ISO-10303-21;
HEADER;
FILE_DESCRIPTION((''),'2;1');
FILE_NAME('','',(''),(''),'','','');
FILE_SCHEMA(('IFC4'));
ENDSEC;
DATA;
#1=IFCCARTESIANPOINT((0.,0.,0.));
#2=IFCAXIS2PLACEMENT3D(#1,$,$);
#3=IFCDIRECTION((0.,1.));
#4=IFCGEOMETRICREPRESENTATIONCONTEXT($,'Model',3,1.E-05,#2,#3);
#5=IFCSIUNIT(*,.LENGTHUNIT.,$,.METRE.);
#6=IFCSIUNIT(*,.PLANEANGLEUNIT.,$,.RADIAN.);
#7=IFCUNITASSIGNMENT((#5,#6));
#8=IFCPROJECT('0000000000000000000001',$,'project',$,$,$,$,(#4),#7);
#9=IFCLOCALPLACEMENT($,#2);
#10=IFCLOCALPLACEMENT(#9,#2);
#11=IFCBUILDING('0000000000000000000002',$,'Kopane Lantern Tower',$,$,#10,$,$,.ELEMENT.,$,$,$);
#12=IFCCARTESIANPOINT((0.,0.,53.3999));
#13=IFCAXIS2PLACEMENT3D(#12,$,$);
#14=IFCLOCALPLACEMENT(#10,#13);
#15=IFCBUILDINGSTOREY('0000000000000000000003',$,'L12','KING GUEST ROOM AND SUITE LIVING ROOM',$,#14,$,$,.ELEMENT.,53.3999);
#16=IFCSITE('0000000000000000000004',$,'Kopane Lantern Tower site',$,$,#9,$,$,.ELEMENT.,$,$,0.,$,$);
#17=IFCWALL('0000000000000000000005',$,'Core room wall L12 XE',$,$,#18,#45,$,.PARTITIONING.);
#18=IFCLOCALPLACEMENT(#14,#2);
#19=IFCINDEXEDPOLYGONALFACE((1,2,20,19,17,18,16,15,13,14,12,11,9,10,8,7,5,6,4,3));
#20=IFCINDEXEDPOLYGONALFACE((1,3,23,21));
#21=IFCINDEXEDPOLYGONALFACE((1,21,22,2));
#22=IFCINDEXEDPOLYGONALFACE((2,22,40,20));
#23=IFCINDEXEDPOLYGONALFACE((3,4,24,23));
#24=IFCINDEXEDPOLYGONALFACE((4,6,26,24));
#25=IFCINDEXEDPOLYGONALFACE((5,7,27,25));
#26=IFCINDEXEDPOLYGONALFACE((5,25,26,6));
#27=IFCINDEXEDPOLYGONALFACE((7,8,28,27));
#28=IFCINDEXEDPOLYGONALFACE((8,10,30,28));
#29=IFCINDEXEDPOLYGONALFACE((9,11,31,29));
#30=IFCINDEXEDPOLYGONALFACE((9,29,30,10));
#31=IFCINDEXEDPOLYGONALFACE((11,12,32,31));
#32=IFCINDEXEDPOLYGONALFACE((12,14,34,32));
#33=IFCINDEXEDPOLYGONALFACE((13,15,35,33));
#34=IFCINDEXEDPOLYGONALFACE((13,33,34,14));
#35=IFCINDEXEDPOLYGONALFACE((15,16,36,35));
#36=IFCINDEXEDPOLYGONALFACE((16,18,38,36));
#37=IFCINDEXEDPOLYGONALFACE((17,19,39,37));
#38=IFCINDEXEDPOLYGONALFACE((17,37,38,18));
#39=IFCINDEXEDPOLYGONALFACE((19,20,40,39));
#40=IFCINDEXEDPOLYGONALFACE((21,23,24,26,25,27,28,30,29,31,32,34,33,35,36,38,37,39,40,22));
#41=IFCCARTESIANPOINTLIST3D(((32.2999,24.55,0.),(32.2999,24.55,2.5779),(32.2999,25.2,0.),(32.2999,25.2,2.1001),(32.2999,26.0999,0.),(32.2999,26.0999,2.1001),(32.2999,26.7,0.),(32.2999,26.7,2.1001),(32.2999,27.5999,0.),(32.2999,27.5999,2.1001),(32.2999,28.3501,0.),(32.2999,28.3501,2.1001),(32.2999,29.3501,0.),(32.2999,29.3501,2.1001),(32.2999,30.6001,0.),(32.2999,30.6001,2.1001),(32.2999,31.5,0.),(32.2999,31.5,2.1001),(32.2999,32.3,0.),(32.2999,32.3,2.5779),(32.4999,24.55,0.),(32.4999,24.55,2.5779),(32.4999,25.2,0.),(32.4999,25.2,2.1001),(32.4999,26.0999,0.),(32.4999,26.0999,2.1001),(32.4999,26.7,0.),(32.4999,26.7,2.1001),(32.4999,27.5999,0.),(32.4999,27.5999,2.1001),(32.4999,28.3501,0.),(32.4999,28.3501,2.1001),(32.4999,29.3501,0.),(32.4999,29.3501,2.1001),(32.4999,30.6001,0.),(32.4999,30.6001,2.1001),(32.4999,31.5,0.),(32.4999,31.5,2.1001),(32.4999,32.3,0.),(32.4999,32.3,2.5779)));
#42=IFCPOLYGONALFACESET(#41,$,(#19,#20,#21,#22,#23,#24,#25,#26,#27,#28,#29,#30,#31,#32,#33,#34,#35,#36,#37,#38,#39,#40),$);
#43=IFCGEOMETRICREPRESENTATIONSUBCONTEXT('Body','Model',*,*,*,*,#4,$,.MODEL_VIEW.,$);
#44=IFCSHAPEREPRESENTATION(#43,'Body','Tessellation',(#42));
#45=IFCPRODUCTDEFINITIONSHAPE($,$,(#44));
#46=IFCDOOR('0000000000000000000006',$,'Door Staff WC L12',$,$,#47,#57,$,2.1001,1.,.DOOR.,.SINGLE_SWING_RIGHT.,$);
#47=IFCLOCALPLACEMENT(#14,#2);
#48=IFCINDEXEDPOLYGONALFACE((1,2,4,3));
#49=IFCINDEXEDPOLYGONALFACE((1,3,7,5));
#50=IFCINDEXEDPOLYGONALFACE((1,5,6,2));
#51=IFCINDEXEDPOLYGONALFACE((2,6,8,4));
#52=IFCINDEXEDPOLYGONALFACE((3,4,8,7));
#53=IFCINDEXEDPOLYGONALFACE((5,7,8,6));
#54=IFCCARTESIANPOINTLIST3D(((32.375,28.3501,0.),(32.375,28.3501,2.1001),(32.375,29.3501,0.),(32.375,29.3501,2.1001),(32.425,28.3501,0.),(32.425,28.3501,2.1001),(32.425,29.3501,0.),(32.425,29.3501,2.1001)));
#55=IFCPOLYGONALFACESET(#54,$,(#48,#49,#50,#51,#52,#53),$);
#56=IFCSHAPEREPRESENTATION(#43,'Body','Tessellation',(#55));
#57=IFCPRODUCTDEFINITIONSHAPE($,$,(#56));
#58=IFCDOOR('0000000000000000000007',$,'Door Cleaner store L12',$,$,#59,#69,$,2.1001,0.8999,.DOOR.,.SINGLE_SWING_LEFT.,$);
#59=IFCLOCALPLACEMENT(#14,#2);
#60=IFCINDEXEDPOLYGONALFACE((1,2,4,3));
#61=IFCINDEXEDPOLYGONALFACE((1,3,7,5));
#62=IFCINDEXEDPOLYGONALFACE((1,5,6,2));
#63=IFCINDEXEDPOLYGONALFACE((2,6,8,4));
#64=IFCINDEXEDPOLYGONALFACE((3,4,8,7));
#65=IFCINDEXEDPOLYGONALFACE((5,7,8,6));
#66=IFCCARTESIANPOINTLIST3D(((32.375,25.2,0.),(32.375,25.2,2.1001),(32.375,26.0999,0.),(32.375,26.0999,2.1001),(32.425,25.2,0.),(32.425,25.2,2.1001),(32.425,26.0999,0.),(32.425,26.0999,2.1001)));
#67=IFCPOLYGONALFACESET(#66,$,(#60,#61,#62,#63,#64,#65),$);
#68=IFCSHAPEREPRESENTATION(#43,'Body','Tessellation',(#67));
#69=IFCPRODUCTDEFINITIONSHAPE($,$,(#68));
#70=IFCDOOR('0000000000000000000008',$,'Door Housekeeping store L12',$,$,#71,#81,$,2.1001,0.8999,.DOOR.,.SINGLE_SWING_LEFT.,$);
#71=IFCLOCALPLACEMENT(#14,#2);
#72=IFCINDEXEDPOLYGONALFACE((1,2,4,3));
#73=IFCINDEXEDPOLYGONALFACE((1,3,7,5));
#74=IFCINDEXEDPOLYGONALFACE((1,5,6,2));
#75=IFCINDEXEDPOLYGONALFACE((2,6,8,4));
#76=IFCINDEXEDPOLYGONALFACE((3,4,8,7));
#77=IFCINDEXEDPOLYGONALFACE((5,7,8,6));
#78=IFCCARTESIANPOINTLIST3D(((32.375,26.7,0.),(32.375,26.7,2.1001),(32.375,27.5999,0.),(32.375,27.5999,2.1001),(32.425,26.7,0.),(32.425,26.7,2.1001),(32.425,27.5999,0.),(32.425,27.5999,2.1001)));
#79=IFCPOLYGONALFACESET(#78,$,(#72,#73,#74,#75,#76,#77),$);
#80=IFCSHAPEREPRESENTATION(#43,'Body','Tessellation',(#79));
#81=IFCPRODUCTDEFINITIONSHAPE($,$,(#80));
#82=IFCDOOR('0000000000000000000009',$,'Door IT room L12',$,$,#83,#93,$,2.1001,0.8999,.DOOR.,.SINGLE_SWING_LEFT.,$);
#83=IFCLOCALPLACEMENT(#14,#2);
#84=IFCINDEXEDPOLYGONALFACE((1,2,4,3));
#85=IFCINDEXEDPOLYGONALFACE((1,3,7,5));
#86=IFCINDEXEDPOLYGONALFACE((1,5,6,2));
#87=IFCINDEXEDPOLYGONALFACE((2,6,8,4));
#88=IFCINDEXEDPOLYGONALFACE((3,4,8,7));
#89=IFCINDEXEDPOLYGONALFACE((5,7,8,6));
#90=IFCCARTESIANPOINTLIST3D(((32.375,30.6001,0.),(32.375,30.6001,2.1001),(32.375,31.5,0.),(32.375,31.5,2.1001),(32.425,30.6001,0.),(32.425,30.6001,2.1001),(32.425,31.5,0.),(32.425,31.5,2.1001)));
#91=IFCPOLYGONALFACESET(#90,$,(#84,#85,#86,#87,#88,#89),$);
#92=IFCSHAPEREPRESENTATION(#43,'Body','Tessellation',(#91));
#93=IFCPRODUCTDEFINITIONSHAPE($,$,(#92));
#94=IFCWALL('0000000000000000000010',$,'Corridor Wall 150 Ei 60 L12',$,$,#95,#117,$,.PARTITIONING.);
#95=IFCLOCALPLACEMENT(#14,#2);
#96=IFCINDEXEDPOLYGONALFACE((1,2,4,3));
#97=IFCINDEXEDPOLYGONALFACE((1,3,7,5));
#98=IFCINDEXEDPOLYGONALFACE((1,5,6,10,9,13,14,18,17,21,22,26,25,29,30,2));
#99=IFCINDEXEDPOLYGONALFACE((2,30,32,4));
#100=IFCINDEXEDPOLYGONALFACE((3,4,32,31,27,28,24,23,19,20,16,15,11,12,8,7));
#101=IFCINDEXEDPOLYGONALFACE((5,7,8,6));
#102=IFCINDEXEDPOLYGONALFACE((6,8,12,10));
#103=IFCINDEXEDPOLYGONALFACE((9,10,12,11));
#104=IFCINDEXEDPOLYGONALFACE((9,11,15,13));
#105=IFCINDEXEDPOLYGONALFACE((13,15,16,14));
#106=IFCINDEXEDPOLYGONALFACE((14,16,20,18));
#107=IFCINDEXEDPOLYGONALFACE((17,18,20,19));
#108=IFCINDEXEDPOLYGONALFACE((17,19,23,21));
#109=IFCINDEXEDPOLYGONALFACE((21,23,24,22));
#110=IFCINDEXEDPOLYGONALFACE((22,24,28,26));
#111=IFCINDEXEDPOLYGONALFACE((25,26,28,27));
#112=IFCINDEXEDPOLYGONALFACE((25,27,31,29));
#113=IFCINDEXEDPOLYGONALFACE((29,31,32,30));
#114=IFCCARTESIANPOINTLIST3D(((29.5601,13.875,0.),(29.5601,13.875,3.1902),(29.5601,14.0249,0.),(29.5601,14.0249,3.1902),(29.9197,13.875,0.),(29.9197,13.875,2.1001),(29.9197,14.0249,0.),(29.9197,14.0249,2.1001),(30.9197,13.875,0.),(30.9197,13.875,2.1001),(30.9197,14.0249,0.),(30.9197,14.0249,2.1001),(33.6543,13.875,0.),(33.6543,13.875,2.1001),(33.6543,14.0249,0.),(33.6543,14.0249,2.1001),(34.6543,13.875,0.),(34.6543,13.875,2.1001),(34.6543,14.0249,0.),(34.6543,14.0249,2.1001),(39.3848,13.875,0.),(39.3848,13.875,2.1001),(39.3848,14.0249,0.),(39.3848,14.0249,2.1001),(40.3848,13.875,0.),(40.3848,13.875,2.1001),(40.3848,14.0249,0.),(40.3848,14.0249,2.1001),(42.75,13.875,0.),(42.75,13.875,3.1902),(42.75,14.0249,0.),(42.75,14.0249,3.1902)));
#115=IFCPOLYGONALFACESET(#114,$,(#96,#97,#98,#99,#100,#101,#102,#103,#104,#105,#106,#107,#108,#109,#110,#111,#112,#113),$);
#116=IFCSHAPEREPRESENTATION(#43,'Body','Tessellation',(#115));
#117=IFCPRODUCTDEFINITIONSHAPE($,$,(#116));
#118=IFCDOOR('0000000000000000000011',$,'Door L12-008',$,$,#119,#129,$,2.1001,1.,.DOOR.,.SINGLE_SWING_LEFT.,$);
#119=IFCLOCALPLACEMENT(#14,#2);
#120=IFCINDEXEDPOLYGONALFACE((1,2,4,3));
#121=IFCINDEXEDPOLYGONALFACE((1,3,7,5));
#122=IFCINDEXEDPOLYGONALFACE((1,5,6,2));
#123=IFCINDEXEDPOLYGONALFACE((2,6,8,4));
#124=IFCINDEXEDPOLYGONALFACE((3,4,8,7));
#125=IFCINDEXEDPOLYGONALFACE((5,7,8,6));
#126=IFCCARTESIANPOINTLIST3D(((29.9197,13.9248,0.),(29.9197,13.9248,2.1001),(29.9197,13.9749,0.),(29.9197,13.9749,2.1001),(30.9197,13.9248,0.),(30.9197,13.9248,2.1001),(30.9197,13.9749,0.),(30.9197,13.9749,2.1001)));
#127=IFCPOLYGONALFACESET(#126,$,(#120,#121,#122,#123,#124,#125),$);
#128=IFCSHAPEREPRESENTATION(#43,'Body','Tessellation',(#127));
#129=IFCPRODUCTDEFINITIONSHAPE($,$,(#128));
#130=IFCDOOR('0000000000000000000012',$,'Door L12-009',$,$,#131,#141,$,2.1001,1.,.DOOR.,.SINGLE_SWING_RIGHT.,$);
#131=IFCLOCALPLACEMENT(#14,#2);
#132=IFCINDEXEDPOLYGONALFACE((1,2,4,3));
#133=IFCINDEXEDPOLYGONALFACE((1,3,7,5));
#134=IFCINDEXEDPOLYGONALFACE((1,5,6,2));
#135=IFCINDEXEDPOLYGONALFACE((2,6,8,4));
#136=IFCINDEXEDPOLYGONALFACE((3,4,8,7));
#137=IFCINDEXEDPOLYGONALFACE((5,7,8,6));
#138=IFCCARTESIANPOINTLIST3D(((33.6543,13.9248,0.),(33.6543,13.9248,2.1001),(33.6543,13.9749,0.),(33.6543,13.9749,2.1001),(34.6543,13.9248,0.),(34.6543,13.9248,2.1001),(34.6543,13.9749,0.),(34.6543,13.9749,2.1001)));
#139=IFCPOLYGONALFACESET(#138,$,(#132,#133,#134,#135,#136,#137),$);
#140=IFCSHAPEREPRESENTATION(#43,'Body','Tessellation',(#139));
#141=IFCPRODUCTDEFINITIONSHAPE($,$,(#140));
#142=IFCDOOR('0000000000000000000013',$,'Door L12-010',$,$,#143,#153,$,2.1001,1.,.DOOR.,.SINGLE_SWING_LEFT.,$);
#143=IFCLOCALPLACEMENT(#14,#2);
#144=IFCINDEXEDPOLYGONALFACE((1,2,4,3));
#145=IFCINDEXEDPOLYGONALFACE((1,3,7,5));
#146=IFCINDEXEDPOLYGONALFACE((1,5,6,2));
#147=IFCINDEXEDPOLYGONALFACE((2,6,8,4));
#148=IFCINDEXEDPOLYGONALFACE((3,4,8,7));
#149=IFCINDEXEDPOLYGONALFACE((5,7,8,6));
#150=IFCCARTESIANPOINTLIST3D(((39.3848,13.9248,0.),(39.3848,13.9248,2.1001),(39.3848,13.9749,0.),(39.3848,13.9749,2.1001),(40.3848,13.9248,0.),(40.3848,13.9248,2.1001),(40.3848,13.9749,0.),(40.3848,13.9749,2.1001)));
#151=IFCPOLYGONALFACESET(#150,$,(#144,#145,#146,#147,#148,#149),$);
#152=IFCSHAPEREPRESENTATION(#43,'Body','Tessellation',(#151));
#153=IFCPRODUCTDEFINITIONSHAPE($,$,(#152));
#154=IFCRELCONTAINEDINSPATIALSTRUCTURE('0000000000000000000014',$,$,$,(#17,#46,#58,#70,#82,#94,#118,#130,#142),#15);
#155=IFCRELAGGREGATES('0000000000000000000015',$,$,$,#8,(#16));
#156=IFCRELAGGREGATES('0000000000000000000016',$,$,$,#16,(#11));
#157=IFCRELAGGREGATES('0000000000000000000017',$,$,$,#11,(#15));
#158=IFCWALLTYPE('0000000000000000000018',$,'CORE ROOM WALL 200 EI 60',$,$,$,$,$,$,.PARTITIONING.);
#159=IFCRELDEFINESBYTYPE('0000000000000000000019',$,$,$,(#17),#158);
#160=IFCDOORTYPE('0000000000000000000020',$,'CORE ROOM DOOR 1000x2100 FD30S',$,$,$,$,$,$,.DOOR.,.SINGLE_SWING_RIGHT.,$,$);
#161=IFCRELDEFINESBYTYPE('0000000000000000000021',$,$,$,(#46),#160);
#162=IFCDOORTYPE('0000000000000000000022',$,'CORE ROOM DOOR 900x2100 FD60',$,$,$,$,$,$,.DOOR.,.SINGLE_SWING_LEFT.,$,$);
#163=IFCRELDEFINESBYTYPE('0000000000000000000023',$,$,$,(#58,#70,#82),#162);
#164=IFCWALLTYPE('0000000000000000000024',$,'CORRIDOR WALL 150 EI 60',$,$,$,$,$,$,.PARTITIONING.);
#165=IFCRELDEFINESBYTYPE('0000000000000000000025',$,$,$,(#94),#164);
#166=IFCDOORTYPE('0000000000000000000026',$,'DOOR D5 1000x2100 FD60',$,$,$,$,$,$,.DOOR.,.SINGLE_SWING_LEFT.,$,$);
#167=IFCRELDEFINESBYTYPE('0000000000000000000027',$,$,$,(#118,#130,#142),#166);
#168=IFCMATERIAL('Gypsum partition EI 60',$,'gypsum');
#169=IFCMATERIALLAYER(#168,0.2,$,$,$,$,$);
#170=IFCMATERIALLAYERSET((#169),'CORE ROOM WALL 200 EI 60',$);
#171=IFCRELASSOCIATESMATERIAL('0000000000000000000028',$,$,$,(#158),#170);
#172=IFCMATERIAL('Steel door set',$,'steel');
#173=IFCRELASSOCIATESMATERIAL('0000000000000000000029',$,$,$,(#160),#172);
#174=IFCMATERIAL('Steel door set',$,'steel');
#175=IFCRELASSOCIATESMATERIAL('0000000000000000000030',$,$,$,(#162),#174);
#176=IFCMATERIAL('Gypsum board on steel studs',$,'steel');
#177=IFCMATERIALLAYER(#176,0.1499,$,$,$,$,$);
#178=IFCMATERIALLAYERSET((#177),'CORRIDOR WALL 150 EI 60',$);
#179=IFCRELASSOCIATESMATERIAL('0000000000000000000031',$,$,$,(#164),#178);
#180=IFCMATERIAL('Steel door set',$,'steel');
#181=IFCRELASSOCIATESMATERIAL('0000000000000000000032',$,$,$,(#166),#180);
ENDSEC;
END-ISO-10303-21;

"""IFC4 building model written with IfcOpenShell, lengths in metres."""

from ifc_helpers import new_model, si_unit, direction, frame, frame_2d, origin, place, context, subcontext, project, spatial, rectangle, extrude, material, layer, layer_set, type_object, element, fill, save


model = new_model("IFC4")

# Units and contexts
model_context = context("Model", 3, precision=1e-05, world=origin(), true_north=direction((0.0, 1.0)))
body_context = subcontext(model_context, "Body", "Model", "MODEL_VIEW")
ifc_project = project(units=[si_unit("LENGTHUNIT", "METRE"), si_unit("PLANEANGLEUNIT", "RADIAN")], contexts=[model_context])

# Site, building, storey
site_placement = place(None, origin())
site = spatial("IfcSite", under=ifc_project, at=site_placement, Name="Kopane Lantern Tower site", CompositionType="ELEMENT", RefElevation=0.0)
building_placement = place(site_placement, origin())
building = spatial("IfcBuilding", under=site, at=building_placement, Name="Kopane Lantern Tower", CompositionType="ELEMENT")
storey_placement = place(building_placement, frame((0.0, 0.0, 53.3999)))
storey = spatial("IfcBuildingStorey", under=building, at=storey_placement, Name="L12", Description="KING GUEST ROOM AND SUITE LIVING ROOM", CompositionType="ELEMENT", Elevation=53.3999)

# Walls, openings, doors
ifc_material_1 = material(Name="Gypsum partition EI 60", Category="gypsum")
ifc_layer_1 = layer(ifc_material_1, 0.2)
ifc_layer_set_1 = layer_set([ifc_layer_1], Name="CORE ROOM WALL 200 EI 60")
wall_type_1 = type_object("IfcWallType", Name="CORE ROOM WALL 200 EI 60", PredefinedType="PARTITIONING", material=ifc_layer_set_1)
wall_1_placement = place(storey_placement, frame((32.3999, 24.55, 0.0), z_axis=(0.0, 0.0, 1.0), x_axis=(0.0, 1.0, 0.0)))
wall_1 = element("IfcWall", 1, at=wall_1_placement, inside=storey, type_object=wall_type_1, Name="Core room wall L12 XE", PredefinedType="PARTITIONING", context=body_context, shape_type="SweptSolid", body=[
    extrude(rectangle(XDim=7.75, YDim=0.2, at=frame_2d((3.875, 0.0))), origin(), (0.0, 0.0, 1.0), 2.5779),
])
opening_1_placement = place(wall_1_placement, frame((0.6499, 0.0, 0.0)))
opening_1 = element("IfcOpeningElement", 2, at=opening_1_placement, cuts=wall_1, PredefinedType="OPENING", context=body_context, shape_type="SweptSolid", body=[
    extrude(rectangle(XDim=0.8999, YDim=2.1001, at=frame_2d((0.45, 1.05))), frame((0.0, 0.1099, 0.0), z_axis=(0.0, -1.0, 0.0), x_axis=(1.0, 0.0, 0.0)), (0.0, 0.0, 1.0), 0.22),
])
opening_2_placement = place(wall_1_placement, frame((2.1499, 0.0, 0.0)))
opening_2 = element("IfcOpeningElement", 3, at=opening_2_placement, cuts=wall_1, PredefinedType="OPENING", context=body_context, shape_type="SweptSolid", body=[
    extrude(rectangle(XDim=0.8999, YDim=2.1001, at=frame_2d((0.45, 1.05))), frame((0.0, 0.1099, 0.0), z_axis=(0.0, -1.0, 0.0), x_axis=(1.0, 0.0, 0.0)), (0.0, 0.0, 1.0), 0.22),
])
opening_3_placement = place(wall_1_placement, frame((3.8, 0.0, 0.0)))
opening_3 = element("IfcOpeningElement", 4, at=opening_3_placement, cuts=wall_1, PredefinedType="OPENING", context=body_context, shape_type="SweptSolid", body=[
    extrude(rectangle(XDim=1.0, YDim=2.1001, at=frame_2d((0.5, 1.05))), frame((0.0, 0.1099, 0.0), z_axis=(0.0, -1.0, 0.0), x_axis=(1.0, 0.0, 0.0)), (0.0, 0.0, 1.0), 0.22),
])
opening_4_placement = place(wall_1_placement, frame((6.05, 0.0, 0.0)))
opening_4 = element("IfcOpeningElement", 5, at=opening_4_placement, cuts=wall_1, PredefinedType="OPENING", context=body_context, shape_type="SweptSolid", body=[
    extrude(rectangle(XDim=0.8999, YDim=2.1001, at=frame_2d((0.45, 1.05))), frame((0.0, 0.1099, 0.0), z_axis=(0.0, -1.0, 0.0), x_axis=(1.0, 0.0, 0.0)), (0.0, 0.0, 1.0), 0.22),
])
ifc_material_2 = material(Name="Steel door set", Category="steel")
door_type_1 = type_object("IfcDoorType", Name="CORE ROOM DOOR 1000x2100 FD30S", OperationType="SINGLE_SWING_RIGHT", PredefinedType="DOOR", material=ifc_material_2)
door_1_placement = place(opening_3_placement, origin())
door_1 = element("IfcDoor", 6, at=door_1_placement, inside=storey, type_object=door_type_1, Name="Door Staff WC L12", OperationType="SINGLE_SWING_RIGHT", OverallHeight=2.1001, OverallWidth=1.0, PredefinedType="DOOR", context=body_context, shape_type="SweptSolid", body=[
    extrude(rectangle(XDim=1.0, YDim=2.1001, at=frame_2d((0.5, 1.05))), frame((0.0, 0.0249, 0.0), z_axis=(0.0, -1.0, 0.0), x_axis=(1.0, 0.0, 0.0)), (0.0, 0.0, 1.0), 0.05),
])
fill(opening_3, door_1)
ifc_material_3 = material(Name="Steel door set", Category="steel")
door_type_2 = type_object("IfcDoorType", Name="CORE ROOM DOOR 900x2100 FD60", OperationType="SINGLE_SWING_LEFT", PredefinedType="DOOR", material=ifc_material_3)
door_2_placement = place(opening_1_placement, origin())
door_2 = element("IfcDoor", 7, at=door_2_placement, inside=storey, type_object=door_type_2, Name="Door Cleaner store L12", OperationType="SINGLE_SWING_LEFT", OverallHeight=2.1001, OverallWidth=0.8999, PredefinedType="DOOR", context=body_context, shape_type="SweptSolid", body=[
    extrude(rectangle(XDim=0.8999, YDim=2.1001, at=frame_2d((0.45, 1.05))), frame((0.0, 0.0249, 0.0), z_axis=(0.0, -1.0, 0.0), x_axis=(1.0, 0.0, 0.0)), (0.0, 0.0, 1.0), 0.05),
])
fill(opening_1, door_2)
door_3_placement = place(opening_2_placement, origin())
door_3 = element("IfcDoor", 8, at=door_3_placement, inside=storey, type_object=door_type_2, Name="Door Housekeeping store L12", OperationType="SINGLE_SWING_LEFT", OverallHeight=2.1001, OverallWidth=0.8999, PredefinedType="DOOR", context=body_context, shape_type="SweptSolid", body=[
    extrude(rectangle(XDim=0.8999, YDim=2.1001, at=frame_2d((0.45, 1.05))), frame((0.0, 0.0249, 0.0), z_axis=(0.0, -1.0, 0.0), x_axis=(1.0, 0.0, 0.0)), (0.0, 0.0, 1.0), 0.05),
])
fill(opening_2, door_3)
door_4_placement = place(opening_4_placement, origin())
door_4 = element("IfcDoor", 9, at=door_4_placement, inside=storey, type_object=door_type_2, Name="Door IT room L12", OperationType="SINGLE_SWING_LEFT", OverallHeight=2.1001, OverallWidth=0.8999, PredefinedType="DOOR", context=body_context, shape_type="SweptSolid", body=[
    extrude(rectangle(XDim=0.8999, YDim=2.1001, at=frame_2d((0.45, 1.05))), frame((0.0, 0.0249, 0.0), z_axis=(0.0, -1.0, 0.0), x_axis=(1.0, 0.0, 0.0)), (0.0, 0.0, 1.0), 0.05),
])
fill(opening_4, door_4)
ifc_material_4 = material(Name="Gypsum board on steel studs", Category="steel")
ifc_layer_2 = layer(ifc_material_4, 0.1499)
ifc_layer_set_2 = layer_set([ifc_layer_2], Name="CORRIDOR WALL 150 EI 60")
wall_type_2 = type_object("IfcWallType", Name="CORRIDOR WALL 150 EI 60", PredefinedType="PARTITIONING", material=ifc_layer_set_2)
wall_2_placement = place(storey_placement, frame((29.5601, 13.95, 0.0), z_axis=(0.0, 0.0, 1.0), x_axis=(1.0, 0.0, 0.0)))
wall_2 = element("IfcWall", 10, at=wall_2_placement, inside=storey, type_object=wall_type_2, Name="Corridor Wall 150 Ei 60 L12", PredefinedType="PARTITIONING", context=body_context, shape_type="SweptSolid", body=[
    extrude(rectangle(XDim=13.1899, YDim=0.1499, at=frame_2d((6.595, 0.0))), origin(), (0.0, 0.0, 1.0), 3.1902),
])
opening_5_placement = place(wall_2_placement, frame((0.3596, 0.0, 0.0)))
opening_5 = element("IfcOpeningElement", 11, at=opening_5_placement, cuts=wall_2, PredefinedType="OPENING", context=body_context, shape_type="SweptSolid", body=[
    extrude(rectangle(XDim=1.0, YDim=2.1001, at=frame_2d((0.5, 1.05))), frame((0.0, 0.085, 0.0), z_axis=(0.0, -1.0, 0.0), x_axis=(1.0, 0.0, 0.0)), (0.0, 0.0, 1.0), 0.1699),
])
opening_6_placement = place(wall_2_placement, frame((4.0942, 0.0, 0.0)))
opening_6 = element("IfcOpeningElement", 12, at=opening_6_placement, cuts=wall_2, PredefinedType="OPENING", context=body_context, shape_type="SweptSolid", body=[
    extrude(rectangle(XDim=1.0, YDim=2.1001, at=frame_2d((0.5, 1.05))), frame((0.0, 0.085, 0.0), z_axis=(0.0, -1.0, 0.0), x_axis=(1.0, 0.0, 0.0)), (0.0, 0.0, 1.0), 0.1699),
])
opening_7_placement = place(wall_2_placement, frame((9.8247, 0.0, 0.0)))
opening_7 = element("IfcOpeningElement", 13, at=opening_7_placement, cuts=wall_2, PredefinedType="OPENING", context=body_context, shape_type="SweptSolid", body=[
    extrude(rectangle(XDim=1.0, YDim=2.1001, at=frame_2d((0.5, 1.05))), frame((0.0, 0.085, 0.0), z_axis=(0.0, -1.0, 0.0), x_axis=(1.0, 0.0, 0.0)), (0.0, 0.0, 1.0), 0.1699),
])
ifc_material_5 = material(Name="Steel door set", Category="steel")
door_type_3 = type_object("IfcDoorType", Name="DOOR D5 1000x2100 FD60", OperationType="SINGLE_SWING_LEFT", PredefinedType="DOOR", material=ifc_material_5)
door_5_placement = place(opening_5_placement, origin())
door_5 = element("IfcDoor", 14, at=door_5_placement, inside=storey, type_object=door_type_3, Name="Door L12-008", OperationType="SINGLE_SWING_LEFT", OverallHeight=2.1001, OverallWidth=1.0, PredefinedType="DOOR", context=body_context, shape_type="SweptSolid", body=[
    extrude(rectangle(XDim=1.0, YDim=2.1001, at=frame_2d((0.5, 1.05))), frame((0.0, 0.0249, 0.0), z_axis=(0.0, -1.0, 0.0), x_axis=(1.0, 0.0, 0.0)), (0.0, 0.0, 1.0), 0.05),
])
fill(opening_5, door_5)
door_6_placement = place(opening_6_placement, origin())
door_6 = element("IfcDoor", 15, at=door_6_placement, inside=storey, type_object=door_type_3, Name="Door L12-009", OperationType="SINGLE_SWING_RIGHT", OverallHeight=2.1001, OverallWidth=1.0, PredefinedType="DOOR", context=body_context, shape_type="SweptSolid", body=[
    extrude(rectangle(XDim=1.0, YDim=2.1001, at=frame_2d((0.5, 1.05))), frame((0.0, 0.0249, 0.0), z_axis=(0.0, -1.0, 0.0), x_axis=(1.0, 0.0, 0.0)), (0.0, 0.0, 1.0), 0.05),
])
fill(opening_6, door_6)
door_7_placement = place(opening_7_placement, origin())
door_7 = element("IfcDoor", 16, at=door_7_placement, inside=storey, type_object=door_type_3, Name="Door L12-010", OperationType="SINGLE_SWING_LEFT", OverallHeight=2.1001, OverallWidth=1.0, PredefinedType="DOOR", context=body_context, shape_type="SweptSolid", body=[
    extrude(rectangle(XDim=1.0, YDim=2.1001, at=frame_2d((0.5, 1.05))), frame((0.0, 0.0249, 0.0), z_axis=(0.0, -1.0, 0.0), x_axis=(1.0, 0.0, 0.0)), (0.0, 0.0, 1.0), 0.05),
])
fill(opening_7, door_7)

save(model, "model.ifc")
